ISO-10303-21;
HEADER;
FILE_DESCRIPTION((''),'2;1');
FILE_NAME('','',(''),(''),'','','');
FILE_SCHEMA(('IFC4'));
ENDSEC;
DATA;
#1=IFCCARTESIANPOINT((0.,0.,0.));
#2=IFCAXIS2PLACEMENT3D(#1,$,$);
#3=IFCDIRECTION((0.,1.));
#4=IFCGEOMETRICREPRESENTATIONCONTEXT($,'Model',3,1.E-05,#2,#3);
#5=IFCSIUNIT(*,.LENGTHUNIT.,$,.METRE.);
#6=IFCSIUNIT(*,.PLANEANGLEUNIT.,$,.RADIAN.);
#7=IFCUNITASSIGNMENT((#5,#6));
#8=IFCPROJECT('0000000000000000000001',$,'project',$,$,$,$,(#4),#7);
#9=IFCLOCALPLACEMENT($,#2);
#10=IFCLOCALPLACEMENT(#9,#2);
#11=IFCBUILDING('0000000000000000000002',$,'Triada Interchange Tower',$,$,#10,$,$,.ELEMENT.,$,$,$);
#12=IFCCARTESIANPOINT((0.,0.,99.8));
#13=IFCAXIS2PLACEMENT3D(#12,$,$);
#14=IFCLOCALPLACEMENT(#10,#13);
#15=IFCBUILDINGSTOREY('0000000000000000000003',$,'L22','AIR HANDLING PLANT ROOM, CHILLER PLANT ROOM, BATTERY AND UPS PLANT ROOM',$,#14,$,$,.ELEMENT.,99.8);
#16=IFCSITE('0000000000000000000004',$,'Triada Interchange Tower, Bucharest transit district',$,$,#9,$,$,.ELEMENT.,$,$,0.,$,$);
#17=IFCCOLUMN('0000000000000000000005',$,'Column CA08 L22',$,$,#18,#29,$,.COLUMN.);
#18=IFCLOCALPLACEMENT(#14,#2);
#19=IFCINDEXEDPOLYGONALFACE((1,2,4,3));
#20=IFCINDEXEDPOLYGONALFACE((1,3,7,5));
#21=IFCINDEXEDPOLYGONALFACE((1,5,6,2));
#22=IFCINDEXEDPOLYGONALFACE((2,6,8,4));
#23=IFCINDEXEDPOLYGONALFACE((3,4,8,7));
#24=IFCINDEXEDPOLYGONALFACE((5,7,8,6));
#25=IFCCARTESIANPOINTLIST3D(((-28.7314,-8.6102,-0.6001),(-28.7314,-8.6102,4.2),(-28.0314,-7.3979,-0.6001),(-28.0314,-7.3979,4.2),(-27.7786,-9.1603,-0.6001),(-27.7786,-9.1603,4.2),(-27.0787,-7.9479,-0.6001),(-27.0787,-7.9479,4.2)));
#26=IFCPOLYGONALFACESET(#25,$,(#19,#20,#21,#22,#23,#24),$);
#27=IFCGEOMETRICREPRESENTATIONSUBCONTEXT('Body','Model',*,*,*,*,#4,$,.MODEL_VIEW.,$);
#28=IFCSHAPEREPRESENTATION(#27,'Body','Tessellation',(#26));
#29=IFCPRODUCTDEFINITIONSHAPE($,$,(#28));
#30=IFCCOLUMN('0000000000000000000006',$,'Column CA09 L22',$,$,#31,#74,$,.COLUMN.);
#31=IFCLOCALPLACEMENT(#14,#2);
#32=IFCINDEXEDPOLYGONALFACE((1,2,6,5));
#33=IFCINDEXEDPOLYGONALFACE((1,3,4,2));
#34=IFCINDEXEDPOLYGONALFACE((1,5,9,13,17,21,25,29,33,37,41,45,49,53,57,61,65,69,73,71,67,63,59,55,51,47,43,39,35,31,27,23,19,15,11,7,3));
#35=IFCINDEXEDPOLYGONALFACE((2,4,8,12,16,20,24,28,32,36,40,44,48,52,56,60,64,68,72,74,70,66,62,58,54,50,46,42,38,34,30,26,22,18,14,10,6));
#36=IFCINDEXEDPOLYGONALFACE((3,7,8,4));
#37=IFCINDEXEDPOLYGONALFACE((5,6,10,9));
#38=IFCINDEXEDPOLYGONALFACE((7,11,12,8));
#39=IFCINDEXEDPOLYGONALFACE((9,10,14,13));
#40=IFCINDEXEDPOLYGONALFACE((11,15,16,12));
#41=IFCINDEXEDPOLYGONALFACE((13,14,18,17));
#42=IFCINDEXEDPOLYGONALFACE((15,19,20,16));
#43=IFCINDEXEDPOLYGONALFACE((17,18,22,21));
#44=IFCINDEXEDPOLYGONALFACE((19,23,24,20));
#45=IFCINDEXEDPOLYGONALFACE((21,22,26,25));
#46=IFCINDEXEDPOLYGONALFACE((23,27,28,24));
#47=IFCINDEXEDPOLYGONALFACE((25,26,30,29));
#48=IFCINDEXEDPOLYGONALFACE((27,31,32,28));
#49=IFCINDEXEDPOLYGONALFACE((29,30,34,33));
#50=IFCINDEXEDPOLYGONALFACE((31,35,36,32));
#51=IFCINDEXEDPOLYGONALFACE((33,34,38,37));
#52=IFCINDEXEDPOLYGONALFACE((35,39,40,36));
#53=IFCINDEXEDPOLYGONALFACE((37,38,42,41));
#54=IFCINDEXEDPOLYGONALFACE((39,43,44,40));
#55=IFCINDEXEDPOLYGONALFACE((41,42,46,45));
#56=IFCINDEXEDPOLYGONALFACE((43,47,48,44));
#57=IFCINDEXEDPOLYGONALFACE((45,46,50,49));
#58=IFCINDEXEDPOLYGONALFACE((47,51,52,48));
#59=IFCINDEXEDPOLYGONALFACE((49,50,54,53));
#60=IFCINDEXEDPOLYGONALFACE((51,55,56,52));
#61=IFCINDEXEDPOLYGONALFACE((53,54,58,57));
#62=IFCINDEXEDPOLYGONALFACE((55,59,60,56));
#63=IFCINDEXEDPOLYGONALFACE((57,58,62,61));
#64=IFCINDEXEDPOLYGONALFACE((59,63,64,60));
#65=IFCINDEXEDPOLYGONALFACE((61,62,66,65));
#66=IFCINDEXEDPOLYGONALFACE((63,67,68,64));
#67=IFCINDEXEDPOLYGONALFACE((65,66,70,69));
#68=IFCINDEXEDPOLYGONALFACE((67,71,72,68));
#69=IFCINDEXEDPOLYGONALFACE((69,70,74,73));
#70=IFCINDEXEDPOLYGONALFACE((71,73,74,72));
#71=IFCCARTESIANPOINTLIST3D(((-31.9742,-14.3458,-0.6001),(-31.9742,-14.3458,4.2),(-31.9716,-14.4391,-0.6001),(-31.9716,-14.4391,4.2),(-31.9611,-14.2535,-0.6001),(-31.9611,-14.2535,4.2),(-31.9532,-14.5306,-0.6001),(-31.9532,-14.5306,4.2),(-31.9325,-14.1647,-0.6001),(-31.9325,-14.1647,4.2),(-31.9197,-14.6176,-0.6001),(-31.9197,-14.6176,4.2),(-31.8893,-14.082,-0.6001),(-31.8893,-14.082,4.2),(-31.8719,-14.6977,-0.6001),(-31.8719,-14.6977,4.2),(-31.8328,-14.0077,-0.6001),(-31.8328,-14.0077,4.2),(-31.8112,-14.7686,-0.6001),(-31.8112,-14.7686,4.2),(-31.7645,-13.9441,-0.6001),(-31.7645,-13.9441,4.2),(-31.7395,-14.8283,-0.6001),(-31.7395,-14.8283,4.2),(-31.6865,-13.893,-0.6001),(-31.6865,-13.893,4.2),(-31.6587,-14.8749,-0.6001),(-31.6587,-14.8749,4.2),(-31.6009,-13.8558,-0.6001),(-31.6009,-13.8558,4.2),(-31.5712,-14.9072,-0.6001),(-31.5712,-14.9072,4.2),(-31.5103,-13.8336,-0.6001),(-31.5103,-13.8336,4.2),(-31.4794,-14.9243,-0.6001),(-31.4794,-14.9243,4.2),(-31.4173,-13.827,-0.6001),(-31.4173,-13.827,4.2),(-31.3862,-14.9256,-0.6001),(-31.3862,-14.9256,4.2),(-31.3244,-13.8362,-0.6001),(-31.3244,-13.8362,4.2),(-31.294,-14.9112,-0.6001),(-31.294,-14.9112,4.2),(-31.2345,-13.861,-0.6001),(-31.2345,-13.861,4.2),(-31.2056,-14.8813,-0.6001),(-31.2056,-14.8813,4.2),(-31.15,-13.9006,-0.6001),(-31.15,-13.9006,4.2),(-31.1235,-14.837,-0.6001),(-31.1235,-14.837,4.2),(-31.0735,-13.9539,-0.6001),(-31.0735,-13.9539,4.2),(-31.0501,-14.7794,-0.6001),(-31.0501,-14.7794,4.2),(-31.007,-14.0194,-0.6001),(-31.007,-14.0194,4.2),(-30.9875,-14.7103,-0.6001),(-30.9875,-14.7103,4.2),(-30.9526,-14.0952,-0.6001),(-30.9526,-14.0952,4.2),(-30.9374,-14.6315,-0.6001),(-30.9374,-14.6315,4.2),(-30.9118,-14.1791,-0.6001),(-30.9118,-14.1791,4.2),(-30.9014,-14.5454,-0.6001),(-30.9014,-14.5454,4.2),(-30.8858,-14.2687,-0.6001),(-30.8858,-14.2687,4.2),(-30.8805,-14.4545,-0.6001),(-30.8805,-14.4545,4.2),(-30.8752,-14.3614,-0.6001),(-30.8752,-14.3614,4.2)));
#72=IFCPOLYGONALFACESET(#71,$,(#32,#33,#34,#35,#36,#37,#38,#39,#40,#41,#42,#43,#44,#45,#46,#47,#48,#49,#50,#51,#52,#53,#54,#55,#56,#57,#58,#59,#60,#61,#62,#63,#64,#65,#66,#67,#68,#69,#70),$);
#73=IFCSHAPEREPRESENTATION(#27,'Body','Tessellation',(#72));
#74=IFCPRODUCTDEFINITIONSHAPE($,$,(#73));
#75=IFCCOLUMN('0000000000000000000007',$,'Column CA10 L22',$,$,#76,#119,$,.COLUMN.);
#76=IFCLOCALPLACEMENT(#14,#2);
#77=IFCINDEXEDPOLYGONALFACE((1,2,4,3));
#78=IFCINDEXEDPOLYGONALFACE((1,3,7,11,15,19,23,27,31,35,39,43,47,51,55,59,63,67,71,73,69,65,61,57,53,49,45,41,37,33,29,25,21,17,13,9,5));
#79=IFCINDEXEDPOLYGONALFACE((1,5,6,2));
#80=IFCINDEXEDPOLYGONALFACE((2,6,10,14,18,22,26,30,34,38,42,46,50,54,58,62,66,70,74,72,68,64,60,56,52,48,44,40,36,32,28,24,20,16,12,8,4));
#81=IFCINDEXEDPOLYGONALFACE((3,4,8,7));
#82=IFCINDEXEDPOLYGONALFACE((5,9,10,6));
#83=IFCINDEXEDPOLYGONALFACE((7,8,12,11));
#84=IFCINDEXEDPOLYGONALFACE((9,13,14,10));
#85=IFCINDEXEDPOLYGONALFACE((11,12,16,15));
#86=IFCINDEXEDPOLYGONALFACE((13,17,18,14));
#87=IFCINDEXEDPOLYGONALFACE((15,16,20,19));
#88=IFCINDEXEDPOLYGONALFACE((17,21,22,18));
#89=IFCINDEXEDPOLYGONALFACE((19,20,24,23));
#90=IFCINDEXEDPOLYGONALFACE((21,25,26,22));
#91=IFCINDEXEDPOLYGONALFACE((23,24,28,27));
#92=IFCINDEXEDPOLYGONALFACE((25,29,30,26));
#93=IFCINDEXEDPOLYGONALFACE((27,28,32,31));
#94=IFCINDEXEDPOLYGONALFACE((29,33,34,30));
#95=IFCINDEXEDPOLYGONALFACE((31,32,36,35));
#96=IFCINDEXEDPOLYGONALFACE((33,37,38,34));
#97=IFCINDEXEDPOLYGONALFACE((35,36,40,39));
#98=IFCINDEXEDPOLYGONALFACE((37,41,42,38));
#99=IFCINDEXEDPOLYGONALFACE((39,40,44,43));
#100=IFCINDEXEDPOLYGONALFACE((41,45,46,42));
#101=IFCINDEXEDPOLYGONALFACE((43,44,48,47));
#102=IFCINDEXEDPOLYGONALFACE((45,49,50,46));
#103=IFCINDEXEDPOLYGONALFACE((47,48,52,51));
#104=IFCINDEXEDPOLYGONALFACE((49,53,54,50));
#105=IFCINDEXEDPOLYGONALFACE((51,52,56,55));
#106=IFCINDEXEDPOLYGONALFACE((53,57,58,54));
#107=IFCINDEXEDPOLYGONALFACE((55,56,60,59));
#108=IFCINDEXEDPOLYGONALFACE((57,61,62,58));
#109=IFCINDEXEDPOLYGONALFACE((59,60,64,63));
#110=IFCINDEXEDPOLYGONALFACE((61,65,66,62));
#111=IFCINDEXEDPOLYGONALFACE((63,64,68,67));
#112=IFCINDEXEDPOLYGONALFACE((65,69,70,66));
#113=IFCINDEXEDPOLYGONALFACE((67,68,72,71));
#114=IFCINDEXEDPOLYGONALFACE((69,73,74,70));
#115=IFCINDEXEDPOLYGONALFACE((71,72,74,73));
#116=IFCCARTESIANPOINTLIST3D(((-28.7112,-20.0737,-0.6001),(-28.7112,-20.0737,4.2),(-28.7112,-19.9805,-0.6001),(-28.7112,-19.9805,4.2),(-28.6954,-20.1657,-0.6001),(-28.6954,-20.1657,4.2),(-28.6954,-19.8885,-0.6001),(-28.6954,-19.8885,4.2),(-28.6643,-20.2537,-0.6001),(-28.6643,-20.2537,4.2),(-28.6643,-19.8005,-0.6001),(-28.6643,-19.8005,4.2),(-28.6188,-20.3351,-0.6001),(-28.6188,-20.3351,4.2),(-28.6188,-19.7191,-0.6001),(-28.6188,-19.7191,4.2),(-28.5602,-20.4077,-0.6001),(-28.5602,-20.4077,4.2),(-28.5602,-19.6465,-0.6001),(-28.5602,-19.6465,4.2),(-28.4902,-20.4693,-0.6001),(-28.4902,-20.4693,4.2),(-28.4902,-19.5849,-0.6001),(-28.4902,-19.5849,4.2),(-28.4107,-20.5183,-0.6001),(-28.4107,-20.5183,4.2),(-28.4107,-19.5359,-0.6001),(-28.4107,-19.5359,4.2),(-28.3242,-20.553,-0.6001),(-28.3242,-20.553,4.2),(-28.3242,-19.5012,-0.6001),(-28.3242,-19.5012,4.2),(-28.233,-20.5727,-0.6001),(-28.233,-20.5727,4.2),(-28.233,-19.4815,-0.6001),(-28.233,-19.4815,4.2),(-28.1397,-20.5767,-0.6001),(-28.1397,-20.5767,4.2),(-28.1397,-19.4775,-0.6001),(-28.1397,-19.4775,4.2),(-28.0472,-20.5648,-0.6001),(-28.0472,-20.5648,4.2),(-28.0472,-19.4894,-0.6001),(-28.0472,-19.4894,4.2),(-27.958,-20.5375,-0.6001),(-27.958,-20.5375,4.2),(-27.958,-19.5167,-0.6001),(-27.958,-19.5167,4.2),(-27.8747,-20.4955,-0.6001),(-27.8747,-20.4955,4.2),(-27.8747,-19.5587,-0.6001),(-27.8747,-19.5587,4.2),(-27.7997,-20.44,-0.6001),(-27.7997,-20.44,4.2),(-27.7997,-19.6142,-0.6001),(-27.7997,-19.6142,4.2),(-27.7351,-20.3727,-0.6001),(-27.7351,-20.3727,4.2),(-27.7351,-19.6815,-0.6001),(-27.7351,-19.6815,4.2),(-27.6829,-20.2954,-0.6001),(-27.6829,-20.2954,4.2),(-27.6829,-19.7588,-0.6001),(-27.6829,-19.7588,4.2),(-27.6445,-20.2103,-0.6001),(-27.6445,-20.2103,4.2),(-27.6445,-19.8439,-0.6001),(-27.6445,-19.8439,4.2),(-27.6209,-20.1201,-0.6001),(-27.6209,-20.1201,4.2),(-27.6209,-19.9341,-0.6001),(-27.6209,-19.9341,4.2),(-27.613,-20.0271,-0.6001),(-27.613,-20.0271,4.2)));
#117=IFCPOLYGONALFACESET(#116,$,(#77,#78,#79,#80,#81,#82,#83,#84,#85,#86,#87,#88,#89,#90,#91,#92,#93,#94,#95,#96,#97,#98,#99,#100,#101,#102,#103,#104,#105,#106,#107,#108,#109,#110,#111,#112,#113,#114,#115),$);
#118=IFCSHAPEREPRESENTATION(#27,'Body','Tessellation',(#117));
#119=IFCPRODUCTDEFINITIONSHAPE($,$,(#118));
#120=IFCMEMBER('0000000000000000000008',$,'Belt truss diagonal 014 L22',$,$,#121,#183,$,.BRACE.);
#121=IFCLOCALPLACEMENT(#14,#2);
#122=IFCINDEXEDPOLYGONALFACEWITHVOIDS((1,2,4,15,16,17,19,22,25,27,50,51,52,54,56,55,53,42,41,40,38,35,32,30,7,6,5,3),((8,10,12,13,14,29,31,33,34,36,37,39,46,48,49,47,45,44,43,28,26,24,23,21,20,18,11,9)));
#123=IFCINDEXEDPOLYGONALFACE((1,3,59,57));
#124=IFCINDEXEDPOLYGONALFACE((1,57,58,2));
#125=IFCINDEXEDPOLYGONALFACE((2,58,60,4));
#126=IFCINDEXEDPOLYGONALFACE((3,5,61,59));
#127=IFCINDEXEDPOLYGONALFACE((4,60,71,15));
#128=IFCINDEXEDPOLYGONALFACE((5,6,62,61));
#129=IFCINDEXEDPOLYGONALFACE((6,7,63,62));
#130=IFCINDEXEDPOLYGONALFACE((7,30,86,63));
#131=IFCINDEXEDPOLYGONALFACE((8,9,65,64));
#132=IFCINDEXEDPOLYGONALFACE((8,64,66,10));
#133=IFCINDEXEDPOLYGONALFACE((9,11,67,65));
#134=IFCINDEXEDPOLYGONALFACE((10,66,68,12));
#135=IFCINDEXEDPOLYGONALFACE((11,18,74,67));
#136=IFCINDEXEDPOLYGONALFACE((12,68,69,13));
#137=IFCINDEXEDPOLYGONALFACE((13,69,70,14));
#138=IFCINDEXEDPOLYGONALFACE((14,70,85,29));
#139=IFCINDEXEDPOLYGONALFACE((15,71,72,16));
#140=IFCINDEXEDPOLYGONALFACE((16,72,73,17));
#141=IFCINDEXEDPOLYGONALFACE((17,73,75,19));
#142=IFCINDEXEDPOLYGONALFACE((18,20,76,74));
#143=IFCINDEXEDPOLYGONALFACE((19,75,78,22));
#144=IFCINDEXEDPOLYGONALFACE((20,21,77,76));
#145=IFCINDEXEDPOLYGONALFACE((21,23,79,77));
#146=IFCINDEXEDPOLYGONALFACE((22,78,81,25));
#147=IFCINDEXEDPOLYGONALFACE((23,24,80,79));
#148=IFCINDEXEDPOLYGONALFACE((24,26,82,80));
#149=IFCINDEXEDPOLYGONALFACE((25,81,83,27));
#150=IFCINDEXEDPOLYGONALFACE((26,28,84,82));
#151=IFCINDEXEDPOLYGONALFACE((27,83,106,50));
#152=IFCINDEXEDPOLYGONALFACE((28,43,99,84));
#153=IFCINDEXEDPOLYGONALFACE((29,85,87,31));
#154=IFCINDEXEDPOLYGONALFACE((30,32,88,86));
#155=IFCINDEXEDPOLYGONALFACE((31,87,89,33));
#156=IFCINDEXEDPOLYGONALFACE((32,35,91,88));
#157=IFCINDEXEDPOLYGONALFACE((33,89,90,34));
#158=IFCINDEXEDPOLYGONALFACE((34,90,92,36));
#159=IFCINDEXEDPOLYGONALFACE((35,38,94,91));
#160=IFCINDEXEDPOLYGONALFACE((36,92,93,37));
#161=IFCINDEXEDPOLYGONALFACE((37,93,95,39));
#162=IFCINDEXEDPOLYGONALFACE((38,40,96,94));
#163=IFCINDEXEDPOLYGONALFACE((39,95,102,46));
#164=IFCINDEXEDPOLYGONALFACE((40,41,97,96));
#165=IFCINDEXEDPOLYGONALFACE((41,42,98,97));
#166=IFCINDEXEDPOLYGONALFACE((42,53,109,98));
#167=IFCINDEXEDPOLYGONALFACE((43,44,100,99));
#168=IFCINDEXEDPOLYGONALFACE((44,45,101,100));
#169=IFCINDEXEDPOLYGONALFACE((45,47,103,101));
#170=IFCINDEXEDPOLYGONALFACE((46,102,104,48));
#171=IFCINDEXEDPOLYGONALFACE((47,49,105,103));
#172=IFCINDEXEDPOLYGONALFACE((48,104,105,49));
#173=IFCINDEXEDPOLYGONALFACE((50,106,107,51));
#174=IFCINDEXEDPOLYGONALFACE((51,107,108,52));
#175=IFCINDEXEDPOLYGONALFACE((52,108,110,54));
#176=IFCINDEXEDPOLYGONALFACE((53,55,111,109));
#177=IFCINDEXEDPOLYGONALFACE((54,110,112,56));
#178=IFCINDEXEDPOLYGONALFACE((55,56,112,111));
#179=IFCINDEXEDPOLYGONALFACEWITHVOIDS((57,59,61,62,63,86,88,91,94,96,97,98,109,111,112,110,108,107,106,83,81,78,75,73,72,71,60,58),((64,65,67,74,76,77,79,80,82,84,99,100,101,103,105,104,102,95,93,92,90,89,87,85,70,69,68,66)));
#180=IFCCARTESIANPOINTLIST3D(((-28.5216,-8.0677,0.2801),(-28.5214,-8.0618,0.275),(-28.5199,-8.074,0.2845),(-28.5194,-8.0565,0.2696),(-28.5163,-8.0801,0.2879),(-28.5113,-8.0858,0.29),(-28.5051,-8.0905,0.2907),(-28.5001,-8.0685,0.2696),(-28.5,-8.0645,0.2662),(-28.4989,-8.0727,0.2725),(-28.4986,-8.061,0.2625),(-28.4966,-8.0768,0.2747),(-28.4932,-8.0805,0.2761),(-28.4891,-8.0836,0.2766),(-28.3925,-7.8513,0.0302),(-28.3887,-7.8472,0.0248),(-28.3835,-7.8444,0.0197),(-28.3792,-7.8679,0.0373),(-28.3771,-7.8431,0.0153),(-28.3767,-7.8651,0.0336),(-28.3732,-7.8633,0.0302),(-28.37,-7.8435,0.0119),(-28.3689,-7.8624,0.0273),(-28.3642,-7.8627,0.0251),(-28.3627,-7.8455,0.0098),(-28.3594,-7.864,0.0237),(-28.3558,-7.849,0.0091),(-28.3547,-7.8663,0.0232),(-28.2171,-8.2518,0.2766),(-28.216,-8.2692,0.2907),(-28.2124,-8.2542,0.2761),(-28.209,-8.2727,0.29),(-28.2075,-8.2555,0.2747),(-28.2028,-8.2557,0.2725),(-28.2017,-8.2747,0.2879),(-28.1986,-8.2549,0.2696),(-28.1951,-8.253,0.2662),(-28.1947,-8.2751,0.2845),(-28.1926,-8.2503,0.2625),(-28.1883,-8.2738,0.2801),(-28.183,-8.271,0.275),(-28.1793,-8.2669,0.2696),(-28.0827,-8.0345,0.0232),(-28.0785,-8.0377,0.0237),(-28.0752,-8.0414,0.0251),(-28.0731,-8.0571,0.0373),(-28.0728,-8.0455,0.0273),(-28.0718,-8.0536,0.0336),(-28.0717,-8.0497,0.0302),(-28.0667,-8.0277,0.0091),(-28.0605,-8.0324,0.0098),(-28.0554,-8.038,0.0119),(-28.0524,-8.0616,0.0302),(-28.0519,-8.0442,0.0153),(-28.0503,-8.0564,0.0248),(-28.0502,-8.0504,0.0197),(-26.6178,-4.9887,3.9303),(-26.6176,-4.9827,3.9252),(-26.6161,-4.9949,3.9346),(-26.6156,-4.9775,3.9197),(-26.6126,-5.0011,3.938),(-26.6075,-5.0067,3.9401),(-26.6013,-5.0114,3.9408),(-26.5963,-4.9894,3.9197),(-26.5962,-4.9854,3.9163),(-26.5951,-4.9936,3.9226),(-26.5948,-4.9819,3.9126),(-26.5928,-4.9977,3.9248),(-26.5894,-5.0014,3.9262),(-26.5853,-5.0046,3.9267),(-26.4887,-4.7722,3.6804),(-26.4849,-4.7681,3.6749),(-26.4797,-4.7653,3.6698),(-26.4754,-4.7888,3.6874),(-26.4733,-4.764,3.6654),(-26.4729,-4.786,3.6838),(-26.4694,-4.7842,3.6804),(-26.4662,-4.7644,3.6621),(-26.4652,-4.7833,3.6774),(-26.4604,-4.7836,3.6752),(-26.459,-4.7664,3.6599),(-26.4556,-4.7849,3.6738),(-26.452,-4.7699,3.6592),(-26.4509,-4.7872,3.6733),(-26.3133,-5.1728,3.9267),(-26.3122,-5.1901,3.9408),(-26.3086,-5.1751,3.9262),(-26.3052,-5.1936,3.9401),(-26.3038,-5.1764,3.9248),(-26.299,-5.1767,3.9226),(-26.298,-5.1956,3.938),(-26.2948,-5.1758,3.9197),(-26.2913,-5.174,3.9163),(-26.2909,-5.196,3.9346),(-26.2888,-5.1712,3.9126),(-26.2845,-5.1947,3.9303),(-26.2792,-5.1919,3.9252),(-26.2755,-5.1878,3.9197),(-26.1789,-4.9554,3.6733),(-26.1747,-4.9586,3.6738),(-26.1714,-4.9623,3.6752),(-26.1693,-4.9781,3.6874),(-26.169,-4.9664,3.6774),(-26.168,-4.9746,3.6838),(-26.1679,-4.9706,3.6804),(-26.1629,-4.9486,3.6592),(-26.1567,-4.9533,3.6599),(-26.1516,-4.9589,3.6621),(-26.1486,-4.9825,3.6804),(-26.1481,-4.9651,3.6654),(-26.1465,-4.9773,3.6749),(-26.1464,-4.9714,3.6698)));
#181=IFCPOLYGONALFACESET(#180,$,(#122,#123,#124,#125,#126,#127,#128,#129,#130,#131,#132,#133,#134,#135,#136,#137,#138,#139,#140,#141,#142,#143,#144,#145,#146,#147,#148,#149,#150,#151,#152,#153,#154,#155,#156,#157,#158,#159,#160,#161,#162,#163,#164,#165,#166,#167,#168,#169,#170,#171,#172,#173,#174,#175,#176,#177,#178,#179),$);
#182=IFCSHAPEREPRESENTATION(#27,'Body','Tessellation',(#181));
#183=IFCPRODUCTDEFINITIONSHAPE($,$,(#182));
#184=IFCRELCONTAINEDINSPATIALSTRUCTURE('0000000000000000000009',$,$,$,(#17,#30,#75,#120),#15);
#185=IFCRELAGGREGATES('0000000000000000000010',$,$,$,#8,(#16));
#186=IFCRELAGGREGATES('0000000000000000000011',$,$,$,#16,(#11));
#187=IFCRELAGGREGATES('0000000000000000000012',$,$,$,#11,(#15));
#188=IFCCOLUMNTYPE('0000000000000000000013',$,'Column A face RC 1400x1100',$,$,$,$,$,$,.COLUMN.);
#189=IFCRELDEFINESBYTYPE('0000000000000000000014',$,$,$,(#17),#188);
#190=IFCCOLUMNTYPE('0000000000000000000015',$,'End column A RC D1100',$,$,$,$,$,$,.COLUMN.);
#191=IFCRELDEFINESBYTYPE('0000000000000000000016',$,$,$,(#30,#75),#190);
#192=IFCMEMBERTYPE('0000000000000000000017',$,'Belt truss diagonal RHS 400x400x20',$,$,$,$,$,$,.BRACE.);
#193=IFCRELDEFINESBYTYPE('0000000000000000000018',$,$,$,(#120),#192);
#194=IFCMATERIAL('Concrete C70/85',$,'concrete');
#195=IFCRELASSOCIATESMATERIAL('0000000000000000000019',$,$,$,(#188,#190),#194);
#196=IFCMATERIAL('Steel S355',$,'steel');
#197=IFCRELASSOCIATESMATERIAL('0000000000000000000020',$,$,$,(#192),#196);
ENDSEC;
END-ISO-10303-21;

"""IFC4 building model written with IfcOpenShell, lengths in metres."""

from ifc_helpers import new_model, si_unit, direction, frame, origin, origin_2d, place, context, subcontext, project, spatial, rectangle, hollow_rectangle, circle, extrude, material, material_profile, profile_set, type_object, element, save


model = new_model("IFC4")

# Units and contexts
model_context = context("Model", 3, precision=1e-05, world=origin(), true_north=direction((0.0, 1.0)))
body_context = subcontext(model_context, "Body", "Model", "MODEL_VIEW")
ifc_project = project(units=[si_unit("LENGTHUNIT", "METRE"), si_unit("PLANEANGLEUNIT", "RADIAN")], contexts=[model_context])

# Site, building, storey
site_placement = place(None, origin())
site = spatial("IfcSite", under=ifc_project, at=site_placement, Name="Triada Interchange Tower, Bucharest transit district", CompositionType="ELEMENT", RefElevation=0.0)
building_placement = place(site_placement, origin())
building = spatial("IfcBuilding", under=site, at=building_placement, Name="Triada Interchange Tower", CompositionType="ELEMENT")
storey_placement = place(building_placement, frame((0.0, 0.0, 99.8)))
storey = spatial("IfcBuildingStorey", under=building, at=storey_placement, Name="L22", Description="AIR HANDLING PLANT ROOM, CHILLER PLANT ROOM, BATTERY AND UPS PLANT ROOM", CompositionType="ELEMENT", Elevation=99.8)

# Columns
ifc_material_1 = material(Name="Concrete C70/85", Category="concrete")
ifc_material_profile_1 = material_profile(ifc_material_1, rectangle(XDim=1.3999, YDim=1.1001, at=origin_2d()), Name="RC 1400x1100")
ifc_profile_set_1 = profile_set([ifc_material_profile_1], Name="Concrete C70/85")
column_type_1 = type_object("IfcColumnType", Name="Column A face RC 1400x1100", PredefinedType="COLUMN", material=ifc_profile_set_1)
column_placement = place(storey_placement, frame((-27.905, -8.2791, -0.6001), z_axis=(0.0, 0.0, 1.0), x_axis=(0.5, 0.866025, 0.0)))
element("IfcColumn", 1, at=column_placement, inside=storey, type_object=column_type_1, Name="Column CA08 L22", PredefinedType="COLUMN", context=body_context, shape_type="SweptSolid", body=[
    extrude(rectangle(XDim=1.3999, YDim=1.1001, at=origin_2d()), origin(), (0.0, 0.0, 1.0), 4.8),
])
ifc_material_profile_2 = material_profile(ifc_material_1, circle(Radius=0.55, at=origin_2d()), Name="RC D1100")
ifc_profile_set_2 = profile_set([ifc_material_profile_2], Name="Concrete C70/85")
column_type_2 = type_object("IfcColumnType", Name="End column A RC D1100", PredefinedType="COLUMN", material=ifc_profile_set_2)
for number, where, z_axis, x_axis, name in (
    (2, (-31.425, -14.377, -0.6001), (0.0, 0.0, 1.0), (0.5, 0.866025, 0.0), "Column CA09 L22"),
    (3, (-28.1631, -20.0271, -0.6001), (0.0, 0.0, 1.0), (1.0, 0.0, 0.0), "Column CA10 L22"),
):
    element("IfcColumn", number, at=place(storey_placement, frame(where, z_axis=z_axis, x_axis=x_axis)), inside=storey, type_object=column_type_2, Name=name, PredefinedType="COLUMN", context=body_context, shape_type="SweptSolid", body=[
        extrude(circle(Radius=0.55, at=origin_2d()), origin(), (0.0, 0.0, 1.0), 4.8),
    ])

# Member
ifc_material_2 = material(Name="Steel S355", Category="steel")
ifc_material_profile_3 = material_profile(ifc_material_2, hollow_rectangle(XDim=0.3999, YDim=0.3999, WallThickness=0.02, InnerFilletRadius=0.02, OuterFilletRadius=0.03, at=origin_2d()), Name="RHS 400x400x20")
ifc_profile_set_3 = profile_set([ifc_material_profile_3], Name="Steel S355")
member_type = type_object("IfcMemberType", Name="Belt truss diagonal RHS 400x400x20", PredefinedType="BRACE", material=ifc_profile_set_3)
member_1_placement = place(storey_placement, frame((-28.2859, -8.0591, 0.1499), z_axis=(0.370325, 0.598941, 0.71002), x_axis=(-0.85055, 0.525895, 0.0)))
element("IfcMember", 4, at=member_1_placement, inside=storey, type_object=member_type, Name="Belt truss diagonal 014 L22", PredefinedType="BRACE", context=body_context, shape_type="SweptSolid", body=[
    extrude(hollow_rectangle(XDim=0.3999, YDim=0.3999, WallThickness=0.02, InnerFilletRadius=0.02, OuterFilletRadius=0.03, at=origin_2d()), origin(), (0.0, 0.0, 1.0), 5.1409),
])

save(model, "model.ifc")
